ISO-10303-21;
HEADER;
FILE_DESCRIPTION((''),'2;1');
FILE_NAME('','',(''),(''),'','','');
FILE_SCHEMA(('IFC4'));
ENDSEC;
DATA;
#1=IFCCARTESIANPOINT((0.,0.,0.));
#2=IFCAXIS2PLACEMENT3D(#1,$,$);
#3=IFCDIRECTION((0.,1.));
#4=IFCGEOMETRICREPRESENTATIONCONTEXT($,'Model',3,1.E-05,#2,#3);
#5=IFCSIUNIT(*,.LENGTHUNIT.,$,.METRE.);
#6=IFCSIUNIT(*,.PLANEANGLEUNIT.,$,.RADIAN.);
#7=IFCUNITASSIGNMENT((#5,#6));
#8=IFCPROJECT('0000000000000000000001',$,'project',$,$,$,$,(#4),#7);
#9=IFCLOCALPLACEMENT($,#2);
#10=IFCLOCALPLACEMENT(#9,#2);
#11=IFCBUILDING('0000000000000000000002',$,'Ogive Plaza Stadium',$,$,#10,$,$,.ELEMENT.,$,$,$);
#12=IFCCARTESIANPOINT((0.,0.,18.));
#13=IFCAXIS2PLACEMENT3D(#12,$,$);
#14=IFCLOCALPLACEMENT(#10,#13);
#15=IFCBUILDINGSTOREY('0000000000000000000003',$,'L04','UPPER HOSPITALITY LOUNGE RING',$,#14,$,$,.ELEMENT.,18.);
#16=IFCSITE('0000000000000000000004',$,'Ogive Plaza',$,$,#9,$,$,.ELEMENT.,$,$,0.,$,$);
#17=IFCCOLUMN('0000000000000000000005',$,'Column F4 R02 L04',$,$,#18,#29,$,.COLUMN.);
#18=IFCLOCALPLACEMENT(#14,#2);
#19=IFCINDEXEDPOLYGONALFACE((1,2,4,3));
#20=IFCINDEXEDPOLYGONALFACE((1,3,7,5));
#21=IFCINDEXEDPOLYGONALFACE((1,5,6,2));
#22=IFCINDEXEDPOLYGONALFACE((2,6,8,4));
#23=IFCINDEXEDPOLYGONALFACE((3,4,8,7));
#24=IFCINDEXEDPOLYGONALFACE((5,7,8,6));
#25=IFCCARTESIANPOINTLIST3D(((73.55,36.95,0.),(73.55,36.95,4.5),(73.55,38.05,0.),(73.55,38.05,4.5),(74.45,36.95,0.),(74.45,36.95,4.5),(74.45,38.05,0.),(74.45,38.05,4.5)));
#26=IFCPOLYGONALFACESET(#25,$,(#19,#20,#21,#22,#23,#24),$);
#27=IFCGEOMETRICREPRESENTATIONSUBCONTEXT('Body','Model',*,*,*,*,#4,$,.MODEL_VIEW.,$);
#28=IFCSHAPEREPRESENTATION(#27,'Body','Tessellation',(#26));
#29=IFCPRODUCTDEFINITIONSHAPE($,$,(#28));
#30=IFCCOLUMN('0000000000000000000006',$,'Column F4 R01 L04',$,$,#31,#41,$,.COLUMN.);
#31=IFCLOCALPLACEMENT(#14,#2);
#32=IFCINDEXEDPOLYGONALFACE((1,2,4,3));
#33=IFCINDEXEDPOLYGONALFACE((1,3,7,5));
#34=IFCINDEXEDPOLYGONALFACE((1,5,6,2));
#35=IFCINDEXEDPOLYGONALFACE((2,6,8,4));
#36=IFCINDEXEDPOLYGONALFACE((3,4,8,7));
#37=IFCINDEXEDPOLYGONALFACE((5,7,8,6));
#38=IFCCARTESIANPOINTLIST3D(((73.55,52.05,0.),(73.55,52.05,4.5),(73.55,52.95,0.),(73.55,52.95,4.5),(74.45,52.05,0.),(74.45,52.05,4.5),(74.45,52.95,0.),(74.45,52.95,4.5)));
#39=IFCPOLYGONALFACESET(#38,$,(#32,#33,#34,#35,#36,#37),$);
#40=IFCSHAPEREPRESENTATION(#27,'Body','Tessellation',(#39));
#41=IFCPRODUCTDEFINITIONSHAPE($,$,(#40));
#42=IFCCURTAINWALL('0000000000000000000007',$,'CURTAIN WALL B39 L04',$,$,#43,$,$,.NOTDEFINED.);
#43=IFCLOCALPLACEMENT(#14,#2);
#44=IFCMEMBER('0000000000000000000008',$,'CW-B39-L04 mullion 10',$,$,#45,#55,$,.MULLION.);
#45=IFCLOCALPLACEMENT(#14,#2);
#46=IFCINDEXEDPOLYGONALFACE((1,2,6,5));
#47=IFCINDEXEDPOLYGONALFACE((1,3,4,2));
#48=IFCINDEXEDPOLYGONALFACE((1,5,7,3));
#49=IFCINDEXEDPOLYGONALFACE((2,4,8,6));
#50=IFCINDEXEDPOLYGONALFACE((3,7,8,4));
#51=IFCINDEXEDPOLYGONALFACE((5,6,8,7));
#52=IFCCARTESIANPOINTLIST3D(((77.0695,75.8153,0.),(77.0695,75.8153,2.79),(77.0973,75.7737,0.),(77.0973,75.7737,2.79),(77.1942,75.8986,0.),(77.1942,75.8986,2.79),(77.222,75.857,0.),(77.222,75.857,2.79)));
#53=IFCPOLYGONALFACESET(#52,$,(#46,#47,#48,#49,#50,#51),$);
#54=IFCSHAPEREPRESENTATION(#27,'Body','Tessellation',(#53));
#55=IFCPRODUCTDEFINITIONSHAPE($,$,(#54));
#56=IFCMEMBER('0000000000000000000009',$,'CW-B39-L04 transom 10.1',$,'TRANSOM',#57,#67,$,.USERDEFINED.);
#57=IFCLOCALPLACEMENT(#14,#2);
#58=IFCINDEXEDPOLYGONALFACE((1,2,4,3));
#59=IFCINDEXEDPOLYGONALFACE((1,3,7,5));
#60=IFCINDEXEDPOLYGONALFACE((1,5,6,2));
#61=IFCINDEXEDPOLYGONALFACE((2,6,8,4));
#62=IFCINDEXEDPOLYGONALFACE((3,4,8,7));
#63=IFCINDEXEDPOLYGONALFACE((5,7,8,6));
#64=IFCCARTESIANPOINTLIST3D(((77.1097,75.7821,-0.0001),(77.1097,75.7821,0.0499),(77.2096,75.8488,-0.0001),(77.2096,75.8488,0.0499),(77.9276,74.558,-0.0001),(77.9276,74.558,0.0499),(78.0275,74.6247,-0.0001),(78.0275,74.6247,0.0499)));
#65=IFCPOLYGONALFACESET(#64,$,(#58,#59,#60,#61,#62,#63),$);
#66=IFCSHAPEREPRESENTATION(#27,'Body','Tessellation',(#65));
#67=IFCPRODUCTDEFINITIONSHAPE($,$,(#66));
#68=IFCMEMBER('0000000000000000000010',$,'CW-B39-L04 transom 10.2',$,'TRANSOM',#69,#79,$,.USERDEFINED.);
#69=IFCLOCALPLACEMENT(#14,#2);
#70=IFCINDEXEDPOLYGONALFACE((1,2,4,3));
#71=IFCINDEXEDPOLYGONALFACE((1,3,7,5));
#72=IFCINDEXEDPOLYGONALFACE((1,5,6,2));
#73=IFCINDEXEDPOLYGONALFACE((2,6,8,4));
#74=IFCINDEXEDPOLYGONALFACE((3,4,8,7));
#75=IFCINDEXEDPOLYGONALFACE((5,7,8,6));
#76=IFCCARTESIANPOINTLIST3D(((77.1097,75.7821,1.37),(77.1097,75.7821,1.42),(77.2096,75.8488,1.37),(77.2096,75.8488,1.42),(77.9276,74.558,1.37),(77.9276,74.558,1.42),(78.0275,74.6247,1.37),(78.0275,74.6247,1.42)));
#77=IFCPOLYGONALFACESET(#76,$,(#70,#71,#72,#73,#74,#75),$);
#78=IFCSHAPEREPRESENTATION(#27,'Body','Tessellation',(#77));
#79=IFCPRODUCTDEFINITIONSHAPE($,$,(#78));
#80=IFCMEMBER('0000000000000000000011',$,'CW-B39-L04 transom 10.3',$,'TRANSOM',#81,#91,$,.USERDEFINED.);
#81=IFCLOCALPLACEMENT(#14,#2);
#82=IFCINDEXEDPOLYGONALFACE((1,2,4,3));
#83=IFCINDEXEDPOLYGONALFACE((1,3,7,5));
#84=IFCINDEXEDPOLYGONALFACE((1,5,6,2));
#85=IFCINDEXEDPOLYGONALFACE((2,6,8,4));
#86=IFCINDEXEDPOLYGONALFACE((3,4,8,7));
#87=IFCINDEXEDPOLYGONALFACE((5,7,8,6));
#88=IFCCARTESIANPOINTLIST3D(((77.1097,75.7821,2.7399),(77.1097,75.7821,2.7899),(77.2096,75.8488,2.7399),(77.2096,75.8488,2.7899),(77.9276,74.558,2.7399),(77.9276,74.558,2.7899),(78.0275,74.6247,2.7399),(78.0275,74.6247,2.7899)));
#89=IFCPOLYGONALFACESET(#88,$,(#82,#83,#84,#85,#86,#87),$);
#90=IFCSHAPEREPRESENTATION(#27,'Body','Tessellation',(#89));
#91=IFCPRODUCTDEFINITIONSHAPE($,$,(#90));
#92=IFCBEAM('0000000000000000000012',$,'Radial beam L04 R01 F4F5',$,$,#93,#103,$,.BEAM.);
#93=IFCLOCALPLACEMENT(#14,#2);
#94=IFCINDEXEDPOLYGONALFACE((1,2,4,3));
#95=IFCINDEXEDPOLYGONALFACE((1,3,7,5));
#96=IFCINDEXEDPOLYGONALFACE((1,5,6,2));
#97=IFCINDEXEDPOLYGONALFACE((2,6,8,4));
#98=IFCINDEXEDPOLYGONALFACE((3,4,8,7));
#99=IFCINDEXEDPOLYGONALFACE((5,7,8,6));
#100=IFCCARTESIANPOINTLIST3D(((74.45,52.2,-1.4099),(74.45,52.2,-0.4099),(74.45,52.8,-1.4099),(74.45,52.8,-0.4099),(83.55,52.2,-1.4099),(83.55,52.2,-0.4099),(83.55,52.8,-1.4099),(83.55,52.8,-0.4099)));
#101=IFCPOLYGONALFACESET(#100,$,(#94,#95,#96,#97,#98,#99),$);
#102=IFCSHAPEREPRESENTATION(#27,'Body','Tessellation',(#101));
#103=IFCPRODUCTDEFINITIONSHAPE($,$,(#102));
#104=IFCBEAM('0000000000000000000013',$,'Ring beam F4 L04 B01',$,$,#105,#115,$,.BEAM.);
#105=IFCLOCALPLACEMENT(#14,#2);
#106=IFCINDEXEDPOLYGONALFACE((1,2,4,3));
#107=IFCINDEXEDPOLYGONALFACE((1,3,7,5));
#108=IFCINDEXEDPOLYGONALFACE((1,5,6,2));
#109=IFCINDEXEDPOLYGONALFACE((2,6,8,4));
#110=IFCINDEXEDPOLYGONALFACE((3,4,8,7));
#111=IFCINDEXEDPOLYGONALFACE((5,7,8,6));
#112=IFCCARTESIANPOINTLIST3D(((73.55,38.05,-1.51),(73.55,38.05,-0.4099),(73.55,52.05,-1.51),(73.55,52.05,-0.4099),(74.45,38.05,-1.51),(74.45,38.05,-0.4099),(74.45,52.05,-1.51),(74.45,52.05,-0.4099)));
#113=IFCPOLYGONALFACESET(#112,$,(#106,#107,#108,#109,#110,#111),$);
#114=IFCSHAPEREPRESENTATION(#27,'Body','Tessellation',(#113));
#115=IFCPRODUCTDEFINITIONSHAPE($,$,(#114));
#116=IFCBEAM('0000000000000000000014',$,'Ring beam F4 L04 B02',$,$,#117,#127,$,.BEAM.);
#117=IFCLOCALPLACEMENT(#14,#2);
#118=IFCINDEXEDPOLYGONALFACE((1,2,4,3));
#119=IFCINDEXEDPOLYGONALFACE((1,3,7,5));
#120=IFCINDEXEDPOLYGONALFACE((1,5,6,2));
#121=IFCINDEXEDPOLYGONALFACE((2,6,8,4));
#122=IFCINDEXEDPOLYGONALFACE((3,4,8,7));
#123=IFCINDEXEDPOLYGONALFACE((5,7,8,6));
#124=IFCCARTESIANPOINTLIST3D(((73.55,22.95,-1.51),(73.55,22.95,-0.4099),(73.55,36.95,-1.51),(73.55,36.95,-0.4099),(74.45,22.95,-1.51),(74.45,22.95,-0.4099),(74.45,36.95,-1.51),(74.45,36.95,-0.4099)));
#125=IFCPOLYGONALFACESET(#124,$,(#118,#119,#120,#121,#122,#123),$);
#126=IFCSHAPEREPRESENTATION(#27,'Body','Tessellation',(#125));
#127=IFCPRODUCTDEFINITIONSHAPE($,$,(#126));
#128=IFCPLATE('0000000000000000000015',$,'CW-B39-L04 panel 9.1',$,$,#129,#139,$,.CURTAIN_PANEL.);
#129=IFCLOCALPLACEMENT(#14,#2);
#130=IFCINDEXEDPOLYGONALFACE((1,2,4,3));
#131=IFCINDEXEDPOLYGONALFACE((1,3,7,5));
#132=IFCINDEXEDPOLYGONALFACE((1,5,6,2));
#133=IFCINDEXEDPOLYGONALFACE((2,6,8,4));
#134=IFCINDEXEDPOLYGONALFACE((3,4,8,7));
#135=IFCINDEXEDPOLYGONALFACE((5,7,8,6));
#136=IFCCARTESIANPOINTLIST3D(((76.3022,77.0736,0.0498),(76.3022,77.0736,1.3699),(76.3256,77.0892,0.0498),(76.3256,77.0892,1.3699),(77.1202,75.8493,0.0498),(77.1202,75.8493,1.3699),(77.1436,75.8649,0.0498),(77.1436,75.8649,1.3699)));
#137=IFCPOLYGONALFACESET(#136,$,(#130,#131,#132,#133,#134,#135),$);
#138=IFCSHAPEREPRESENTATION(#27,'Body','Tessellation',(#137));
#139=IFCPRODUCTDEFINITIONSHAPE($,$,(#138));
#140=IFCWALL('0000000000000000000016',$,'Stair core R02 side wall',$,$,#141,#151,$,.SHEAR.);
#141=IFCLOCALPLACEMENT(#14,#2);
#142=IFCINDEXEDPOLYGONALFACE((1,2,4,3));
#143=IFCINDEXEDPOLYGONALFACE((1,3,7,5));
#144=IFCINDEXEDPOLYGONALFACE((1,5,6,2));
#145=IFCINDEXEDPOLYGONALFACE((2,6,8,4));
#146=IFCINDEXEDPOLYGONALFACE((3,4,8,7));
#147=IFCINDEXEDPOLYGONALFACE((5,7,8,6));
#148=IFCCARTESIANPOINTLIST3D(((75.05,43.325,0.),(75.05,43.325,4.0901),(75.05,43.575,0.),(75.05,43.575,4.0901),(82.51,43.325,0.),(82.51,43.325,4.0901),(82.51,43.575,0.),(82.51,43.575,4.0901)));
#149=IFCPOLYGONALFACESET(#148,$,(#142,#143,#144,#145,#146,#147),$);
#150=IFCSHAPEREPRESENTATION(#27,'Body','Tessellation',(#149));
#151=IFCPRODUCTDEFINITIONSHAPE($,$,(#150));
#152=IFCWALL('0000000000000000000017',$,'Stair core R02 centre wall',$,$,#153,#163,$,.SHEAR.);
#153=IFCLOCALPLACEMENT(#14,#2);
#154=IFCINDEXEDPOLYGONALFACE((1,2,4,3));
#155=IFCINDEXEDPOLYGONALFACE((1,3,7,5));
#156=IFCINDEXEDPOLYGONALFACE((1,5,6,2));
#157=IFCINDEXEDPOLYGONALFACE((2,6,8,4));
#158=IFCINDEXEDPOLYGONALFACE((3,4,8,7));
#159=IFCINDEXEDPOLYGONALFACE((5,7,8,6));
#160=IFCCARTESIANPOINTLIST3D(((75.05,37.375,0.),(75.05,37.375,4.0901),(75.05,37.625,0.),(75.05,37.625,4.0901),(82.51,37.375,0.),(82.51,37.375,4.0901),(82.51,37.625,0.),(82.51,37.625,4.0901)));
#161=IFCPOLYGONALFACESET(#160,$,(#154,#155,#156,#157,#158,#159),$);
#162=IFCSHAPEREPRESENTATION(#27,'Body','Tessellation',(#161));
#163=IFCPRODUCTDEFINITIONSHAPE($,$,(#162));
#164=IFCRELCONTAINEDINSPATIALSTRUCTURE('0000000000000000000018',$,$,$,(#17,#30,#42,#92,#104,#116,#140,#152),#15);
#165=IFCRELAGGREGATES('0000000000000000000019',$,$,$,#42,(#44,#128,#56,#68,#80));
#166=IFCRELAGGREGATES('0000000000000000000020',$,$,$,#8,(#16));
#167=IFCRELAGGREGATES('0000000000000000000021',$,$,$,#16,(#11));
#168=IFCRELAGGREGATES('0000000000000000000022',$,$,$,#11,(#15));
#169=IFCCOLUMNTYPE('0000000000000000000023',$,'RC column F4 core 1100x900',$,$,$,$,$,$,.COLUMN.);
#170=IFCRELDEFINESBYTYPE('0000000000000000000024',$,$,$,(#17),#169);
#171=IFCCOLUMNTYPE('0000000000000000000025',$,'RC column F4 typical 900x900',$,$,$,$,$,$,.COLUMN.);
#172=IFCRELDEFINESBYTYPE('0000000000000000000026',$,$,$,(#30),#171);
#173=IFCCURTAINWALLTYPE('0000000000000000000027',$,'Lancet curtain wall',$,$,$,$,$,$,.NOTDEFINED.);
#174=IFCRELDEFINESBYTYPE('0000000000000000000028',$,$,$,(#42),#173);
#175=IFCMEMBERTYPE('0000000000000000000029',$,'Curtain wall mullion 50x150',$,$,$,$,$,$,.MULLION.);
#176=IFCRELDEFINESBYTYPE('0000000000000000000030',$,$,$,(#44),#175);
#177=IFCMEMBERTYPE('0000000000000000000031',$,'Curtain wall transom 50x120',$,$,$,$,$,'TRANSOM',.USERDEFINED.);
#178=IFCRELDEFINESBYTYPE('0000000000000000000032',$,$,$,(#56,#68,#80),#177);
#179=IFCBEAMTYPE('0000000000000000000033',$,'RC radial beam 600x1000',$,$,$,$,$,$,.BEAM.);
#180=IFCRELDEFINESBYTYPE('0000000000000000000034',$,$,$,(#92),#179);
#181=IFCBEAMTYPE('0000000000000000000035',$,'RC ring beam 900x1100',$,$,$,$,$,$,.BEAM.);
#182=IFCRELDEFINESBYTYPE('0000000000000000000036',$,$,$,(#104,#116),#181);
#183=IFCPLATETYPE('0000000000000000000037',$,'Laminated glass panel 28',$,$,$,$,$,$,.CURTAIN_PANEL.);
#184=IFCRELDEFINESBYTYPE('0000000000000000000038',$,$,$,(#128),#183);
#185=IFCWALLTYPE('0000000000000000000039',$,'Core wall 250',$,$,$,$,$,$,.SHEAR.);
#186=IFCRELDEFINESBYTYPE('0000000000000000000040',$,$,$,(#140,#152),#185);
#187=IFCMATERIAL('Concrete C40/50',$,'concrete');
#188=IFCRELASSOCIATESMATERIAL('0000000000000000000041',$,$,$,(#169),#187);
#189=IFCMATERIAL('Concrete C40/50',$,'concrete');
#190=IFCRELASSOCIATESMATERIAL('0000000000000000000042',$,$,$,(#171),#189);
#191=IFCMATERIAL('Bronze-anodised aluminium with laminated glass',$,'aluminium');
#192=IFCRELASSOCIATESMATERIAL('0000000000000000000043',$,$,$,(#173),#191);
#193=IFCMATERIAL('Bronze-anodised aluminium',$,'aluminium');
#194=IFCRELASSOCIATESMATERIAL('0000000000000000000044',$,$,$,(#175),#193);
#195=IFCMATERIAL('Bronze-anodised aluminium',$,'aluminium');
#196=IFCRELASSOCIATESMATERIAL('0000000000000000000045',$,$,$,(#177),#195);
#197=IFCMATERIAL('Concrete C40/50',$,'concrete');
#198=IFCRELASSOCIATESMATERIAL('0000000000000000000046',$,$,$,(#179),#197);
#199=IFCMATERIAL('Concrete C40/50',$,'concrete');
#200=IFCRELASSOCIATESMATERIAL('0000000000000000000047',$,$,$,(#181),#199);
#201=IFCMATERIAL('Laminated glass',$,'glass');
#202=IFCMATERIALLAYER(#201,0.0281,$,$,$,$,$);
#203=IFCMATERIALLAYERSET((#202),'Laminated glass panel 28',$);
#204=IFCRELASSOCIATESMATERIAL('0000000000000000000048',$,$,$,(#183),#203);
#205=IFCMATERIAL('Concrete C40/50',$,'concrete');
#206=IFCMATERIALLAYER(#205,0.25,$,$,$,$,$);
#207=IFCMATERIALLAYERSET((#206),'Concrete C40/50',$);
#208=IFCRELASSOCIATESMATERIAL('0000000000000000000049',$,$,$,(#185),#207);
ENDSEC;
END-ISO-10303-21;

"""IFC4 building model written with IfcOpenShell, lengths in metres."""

from ifc_helpers import new_model, si_unit, direction, frame, frame_2d, origin, origin_2d, place, context, subcontext, project, spatial, rectangle, extrude, material, layer, layer_set, material_profile, profile_set, type_object, element, aggregate, save


model = new_model("IFC4")

# Units and contexts
model_context = context("Model", 3, precision=1e-05, world=origin(), true_north=direction((0.0, 1.0)))
body_context = subcontext(model_context, "Body", "Model", "MODEL_VIEW")
ifc_project = project(units=[si_unit("LENGTHUNIT", "METRE"), si_unit("PLANEANGLEUNIT", "RADIAN")], contexts=[model_context])

# Site, building, storey
site_placement = place(None, origin())
site = spatial("IfcSite", under=ifc_project, at=site_placement, Name="Ogive Plaza", CompositionType="ELEMENT", RefElevation=0.0)
building_placement = place(site_placement, origin())
building = spatial("IfcBuilding", under=site, at=building_placement, Name="Ogive Plaza Stadium", CompositionType="ELEMENT")
storey_placement = place(building_placement, frame((0.0, 0.0, 18.0)))
storey = spatial("IfcBuildingStorey", under=building, at=storey_placement, Name="L04", Description="UPPER HOSPITALITY LOUNGE RING", CompositionType="ELEMENT", Elevation=18.0)

# Columns
ifc_material_1 = material(Name="Concrete C40/50", Category="concrete")
ifc_material_profile_1 = material_profile(ifc_material_1, rectangle(XDim=1.1001, YDim=0.8999, at=origin_2d()), Name="RC 1100x900")
ifc_profile_set_1 = profile_set([ifc_material_profile_1], Name="Concrete C40/50")
column_type_1 = type_object("IfcColumnType", Name="RC column F4 core 1100x900", PredefinedType="COLUMN", material=ifc_profile_set_1)
column_1_placement = place(storey_placement, frame((74.0, 37.5, 0.0), z_axis=(0.0, 0.0, 1.0), x_axis=(0.0, 1.0, 0.0)))
element("IfcColumn", 1, at=column_1_placement, inside=storey, type_object=column_type_1, Name="Column F4 R02 L04", PredefinedType="COLUMN", context=body_context, shape_type="SweptSolid", body=[
    extrude(rectangle(XDim=1.1001, YDim=0.8999, at=origin_2d()), origin(), (0.0, 0.0, 1.0), 4.5),
])
ifc_material_2 = material(Name="Concrete C40/50", Category="concrete")
ifc_material_profile_2 = material_profile(ifc_material_2, rectangle(XDim=0.8999, YDim=0.8999, at=origin_2d()), Name="RC 900x900")
ifc_profile_set_2 = profile_set([ifc_material_profile_2], Name="Concrete C40/50")
column_type_2 = type_object("IfcColumnType", Name="RC column F4 typical 900x900", PredefinedType="COLUMN", material=ifc_profile_set_2)
column_2_placement = place(storey_placement, frame((74.0, 52.5, 0.0), z_axis=(0.0, 0.0, 1.0), x_axis=(0.0, 1.0, 0.0)))
element("IfcColumn", 2, at=column_2_placement, inside=storey, type_object=column_type_2, Name="Column F4 R01 L04", PredefinedType="COLUMN", context=body_context, shape_type="SweptSolid", body=[
    extrude(rectangle(XDim=0.8999, YDim=0.8999, at=origin_2d()), origin(), (0.0, 0.0, 1.0), 4.5),
])

# Curtain wall, members
ifc_material_3 = material(Name="Bronze-anodised aluminium with laminated glass", Category="aluminium")
curtain_wall_type = type_object("IfcCurtainWallType", Name="Lancet curtain wall", PredefinedType="NOTDEFINED", material=ifc_material_3)
curtain_wall_placement = place(storey_placement, origin())
curtain_wall = element("IfcCurtainWall", 3, at=curtain_wall_placement, inside=storey, type_object=curtain_wall_type, Name="CURTAIN WALL B39 L04", PredefinedType="NOTDEFINED")
ifc_material_4 = material(Name="Bronze-anodised aluminium", Category="aluminium")
ifc_material_profile_3 = material_profile(ifc_material_4, rectangle(XDim=0.1499, YDim=0.05, at=origin_2d()), Name="AL 150x50")
ifc_profile_set_3 = profile_set([ifc_material_profile_3], Name="Bronze-anodised aluminium")
member_type_1 = type_object("IfcMemberType", Name="Curtain wall mullion 50x150", PredefinedType="MULLION", material=ifc_profile_set_3)
member_1_placement = place(storey_placement, frame((77.1458, 75.8362, 0.0), z_axis=(0.0, 0.0, 1.0), x_axis=(0.83147, 0.55557, 0.0)))
member_1 = element("IfcMember", 4, at=member_1_placement, type_object=member_type_1, Name="CW-B39-L04 mullion 10", PredefinedType="MULLION", context=body_context, shape_type="SweptSolid", body=[
    extrude(rectangle(XDim=0.1499, YDim=0.05, at=origin_2d()), origin(), (0.0, 0.0, 1.0), 2.79),
])
ifc_material_5 = material(Name="Bronze-anodised aluminium", Category="aluminium")
ifc_material_profile_4 = material_profile(ifc_material_5, rectangle(XDim=0.1201, YDim=0.05, at=origin_2d()), Name="AL 120x50")
ifc_profile_set_4 = profile_set([ifc_material_profile_4], Name="Bronze-anodised aluminium")
member_type_2 = type_object("IfcMemberType", Name="Curtain wall transom 50x120", ElementType="TRANSOM", PredefinedType="USERDEFINED", material=ifc_profile_set_4)
member_2_placement = place(storey_placement, frame((77.1597, 75.8154, 0.0249), z_axis=(0.555542, -0.831489, 0.0), x_axis=(0.831489, 0.555542, 0.0)))
member_2 = element("IfcMember", 5, at=member_2_placement, type_object=member_type_2, Name="CW-B39-L04 transom 10.1", ObjectType="TRANSOM", PredefinedType="USERDEFINED", context=body_context, shape_type="SweptSolid", body=[
    extrude(rectangle(XDim=0.1201, YDim=0.05, at=origin_2d()), origin(), (0.0, 0.0, 1.0), 1.4722),
])
member_3_placement = place(storey_placement, frame((77.1597, 75.8154, 1.395), z_axis=(0.555542, -0.831489, 0.0), x_axis=(0.831489, 0.555542, 0.0)))
member_3 = element("IfcMember", 6, at=member_3_placement, type_object=member_type_2, Name="CW-B39-L04 transom 10.2", ObjectType="TRANSOM", PredefinedType="USERDEFINED", context=body_context, shape_type="SweptSolid", body=[
    extrude(rectangle(XDim=0.1201, YDim=0.05, at=origin_2d()), origin(), (0.0, 0.0, 1.0), 1.4722),
])
member_4_placement = place(storey_placement, frame((77.1597, 75.8154, 2.7649), z_axis=(0.555542, -0.831489, 0.0), x_axis=(0.831489, 0.555542, 0.0)))
member_4 = element("IfcMember", 7, at=member_4_placement, type_object=member_type_2, Name="CW-B39-L04 transom 10.3", ObjectType="TRANSOM", PredefinedType="USERDEFINED", context=body_context, shape_type="SweptSolid", body=[
    extrude(rectangle(XDim=0.1201, YDim=0.05, at=origin_2d()), origin(), (0.0, 0.0, 1.0), 1.4722),
])

# Beams
ifc_material_6 = material(Name="Concrete C40/50", Category="concrete")
ifc_material_profile_5 = material_profile(ifc_material_6, rectangle(XDim=0.6001, YDim=1.0, at=origin_2d()), Name="RC 600x1000")
ifc_profile_set_5 = profile_set([ifc_material_profile_5], Name="Concrete C40/50")
beam_type_1 = type_object("IfcBeamType", Name="RC radial beam 600x1000", PredefinedType="BEAM", material=ifc_profile_set_5)
beam_placement = place(storey_placement, frame((74.45, 52.5, -0.9099), z_axis=(1.0, 0.0, 0.0), x_axis=(0.0, 1.0, 0.0)))
element("IfcBeam", 8, at=beam_placement, inside=storey, type_object=beam_type_1, Name="Radial beam L04 R01 F4F5", PredefinedType="BEAM", context=body_context, shape_type="SweptSolid", body=[
    extrude(rectangle(XDim=0.6001, YDim=1.0, at=origin_2d()), origin(), (0.0, 0.0, 1.0), 9.1001),
])
ifc_material_7 = material(Name="Concrete C40/50", Category="concrete")
ifc_material_profile_6 = material_profile(ifc_material_7, rectangle(XDim=0.8999, YDim=1.1001, at=origin_2d()), Name="RC 900x1100")
ifc_profile_set_6 = profile_set([ifc_material_profile_6], Name="Concrete C40/50")
beam_type_2 = type_object("IfcBeamType", Name="RC ring beam 900x1100", PredefinedType="BEAM", material=ifc_profile_set_6)
for number, where, z_axis, x_axis, name in (
    (9, (74.0, 52.05, -0.96), (0.0, -1.0, 0.0), (1.0, 0.0, 0.0), "Ring beam F4 L04 B01"),
    (10, (74.0, 36.95, -0.96), (0.0, -1.0, 0.0), (1.0, 0.0, 0.0), "Ring beam F4 L04 B02"),
):
    element("IfcBeam", number, at=place(storey_placement, frame(where, z_axis=z_axis, x_axis=x_axis)), inside=storey, type_object=beam_type_2, Name=name, PredefinedType="BEAM", context=body_context, shape_type="SweptSolid", body=[
        extrude(rectangle(XDim=0.8999, YDim=1.1001, at=origin_2d()), origin(), (0.0, 0.0, 1.0), 14.0),
    ])

# Plate
ifc_material_8 = material(Name="Laminated glass", Category="glass")
ifc_layer_1 = layer(ifc_material_8, 0.0281)
ifc_layer_set_1 = layer_set([ifc_layer_1], Name="Laminated glass panel 28")
plate_type = type_object("IfcPlateType", Name="Laminated glass panel 28", PredefinedType="CURTAIN_PANEL", material=ifc_layer_set_1)
plate_placement = place(storey_placement, frame((76.7229, 76.4692, 0.0498), z_axis=(0.0, 0.0, 1.0), x_axis=(0.55557, -0.83147, 0.0)))
plate = element("IfcPlate", 11, at=plate_placement, type_object=plate_type, Name="CW-B39-L04 panel 9.1", PredefinedType="CURTAIN_PANEL", context=body_context, shape_type="SweptSolid", body=[
    extrude(rectangle(XDim=1.4724, YDim=0.0281, at=origin_2d()), origin(), (0.0, 0.0, 1.0), 1.3201),
])
aggregate(curtain_wall, [member_1, plate, member_2, member_3, member_4])

# Walls
ifc_material_9 = material(Name="Concrete C40/50", Category="concrete")
ifc_layer_2 = layer(ifc_material_9, 0.25)
ifc_layer_set_2 = layer_set([ifc_layer_2], Name="Concrete C40/50")
wall_type_1 = type_object("IfcWallType", Name="Core wall 250", PredefinedType="SHEAR", material=ifc_layer_set_2)
for number, where, z_axis, x_axis, name in (
    (12, (75.05, 43.45, 0.0), (0.0, 0.0, 1.0), (1.0, 0.0, 0.0), "Stair core R02 side wall"),
    (13, (75.05, 37.5, 0.0), (0.0, 0.0, 1.0), (1.0, 0.0, 0.0), "Stair core R02 centre wall"),
):
    element("IfcWall", number, at=place(storey_placement, frame(where, z_axis=z_axis, x_axis=x_axis)), inside=storey, type_object=wall_type_1, Name=name, PredefinedType="SHEAR", context=body_context, shape_type="SweptSolid", body=[
        extrude(rectangle(XDim=7.46, YDim=0.25, at=frame_2d((3.73, 0.0))), origin(), (0.0, 0.0, 1.0), 4.0901),
    ])

save(model, "model.ifc")
